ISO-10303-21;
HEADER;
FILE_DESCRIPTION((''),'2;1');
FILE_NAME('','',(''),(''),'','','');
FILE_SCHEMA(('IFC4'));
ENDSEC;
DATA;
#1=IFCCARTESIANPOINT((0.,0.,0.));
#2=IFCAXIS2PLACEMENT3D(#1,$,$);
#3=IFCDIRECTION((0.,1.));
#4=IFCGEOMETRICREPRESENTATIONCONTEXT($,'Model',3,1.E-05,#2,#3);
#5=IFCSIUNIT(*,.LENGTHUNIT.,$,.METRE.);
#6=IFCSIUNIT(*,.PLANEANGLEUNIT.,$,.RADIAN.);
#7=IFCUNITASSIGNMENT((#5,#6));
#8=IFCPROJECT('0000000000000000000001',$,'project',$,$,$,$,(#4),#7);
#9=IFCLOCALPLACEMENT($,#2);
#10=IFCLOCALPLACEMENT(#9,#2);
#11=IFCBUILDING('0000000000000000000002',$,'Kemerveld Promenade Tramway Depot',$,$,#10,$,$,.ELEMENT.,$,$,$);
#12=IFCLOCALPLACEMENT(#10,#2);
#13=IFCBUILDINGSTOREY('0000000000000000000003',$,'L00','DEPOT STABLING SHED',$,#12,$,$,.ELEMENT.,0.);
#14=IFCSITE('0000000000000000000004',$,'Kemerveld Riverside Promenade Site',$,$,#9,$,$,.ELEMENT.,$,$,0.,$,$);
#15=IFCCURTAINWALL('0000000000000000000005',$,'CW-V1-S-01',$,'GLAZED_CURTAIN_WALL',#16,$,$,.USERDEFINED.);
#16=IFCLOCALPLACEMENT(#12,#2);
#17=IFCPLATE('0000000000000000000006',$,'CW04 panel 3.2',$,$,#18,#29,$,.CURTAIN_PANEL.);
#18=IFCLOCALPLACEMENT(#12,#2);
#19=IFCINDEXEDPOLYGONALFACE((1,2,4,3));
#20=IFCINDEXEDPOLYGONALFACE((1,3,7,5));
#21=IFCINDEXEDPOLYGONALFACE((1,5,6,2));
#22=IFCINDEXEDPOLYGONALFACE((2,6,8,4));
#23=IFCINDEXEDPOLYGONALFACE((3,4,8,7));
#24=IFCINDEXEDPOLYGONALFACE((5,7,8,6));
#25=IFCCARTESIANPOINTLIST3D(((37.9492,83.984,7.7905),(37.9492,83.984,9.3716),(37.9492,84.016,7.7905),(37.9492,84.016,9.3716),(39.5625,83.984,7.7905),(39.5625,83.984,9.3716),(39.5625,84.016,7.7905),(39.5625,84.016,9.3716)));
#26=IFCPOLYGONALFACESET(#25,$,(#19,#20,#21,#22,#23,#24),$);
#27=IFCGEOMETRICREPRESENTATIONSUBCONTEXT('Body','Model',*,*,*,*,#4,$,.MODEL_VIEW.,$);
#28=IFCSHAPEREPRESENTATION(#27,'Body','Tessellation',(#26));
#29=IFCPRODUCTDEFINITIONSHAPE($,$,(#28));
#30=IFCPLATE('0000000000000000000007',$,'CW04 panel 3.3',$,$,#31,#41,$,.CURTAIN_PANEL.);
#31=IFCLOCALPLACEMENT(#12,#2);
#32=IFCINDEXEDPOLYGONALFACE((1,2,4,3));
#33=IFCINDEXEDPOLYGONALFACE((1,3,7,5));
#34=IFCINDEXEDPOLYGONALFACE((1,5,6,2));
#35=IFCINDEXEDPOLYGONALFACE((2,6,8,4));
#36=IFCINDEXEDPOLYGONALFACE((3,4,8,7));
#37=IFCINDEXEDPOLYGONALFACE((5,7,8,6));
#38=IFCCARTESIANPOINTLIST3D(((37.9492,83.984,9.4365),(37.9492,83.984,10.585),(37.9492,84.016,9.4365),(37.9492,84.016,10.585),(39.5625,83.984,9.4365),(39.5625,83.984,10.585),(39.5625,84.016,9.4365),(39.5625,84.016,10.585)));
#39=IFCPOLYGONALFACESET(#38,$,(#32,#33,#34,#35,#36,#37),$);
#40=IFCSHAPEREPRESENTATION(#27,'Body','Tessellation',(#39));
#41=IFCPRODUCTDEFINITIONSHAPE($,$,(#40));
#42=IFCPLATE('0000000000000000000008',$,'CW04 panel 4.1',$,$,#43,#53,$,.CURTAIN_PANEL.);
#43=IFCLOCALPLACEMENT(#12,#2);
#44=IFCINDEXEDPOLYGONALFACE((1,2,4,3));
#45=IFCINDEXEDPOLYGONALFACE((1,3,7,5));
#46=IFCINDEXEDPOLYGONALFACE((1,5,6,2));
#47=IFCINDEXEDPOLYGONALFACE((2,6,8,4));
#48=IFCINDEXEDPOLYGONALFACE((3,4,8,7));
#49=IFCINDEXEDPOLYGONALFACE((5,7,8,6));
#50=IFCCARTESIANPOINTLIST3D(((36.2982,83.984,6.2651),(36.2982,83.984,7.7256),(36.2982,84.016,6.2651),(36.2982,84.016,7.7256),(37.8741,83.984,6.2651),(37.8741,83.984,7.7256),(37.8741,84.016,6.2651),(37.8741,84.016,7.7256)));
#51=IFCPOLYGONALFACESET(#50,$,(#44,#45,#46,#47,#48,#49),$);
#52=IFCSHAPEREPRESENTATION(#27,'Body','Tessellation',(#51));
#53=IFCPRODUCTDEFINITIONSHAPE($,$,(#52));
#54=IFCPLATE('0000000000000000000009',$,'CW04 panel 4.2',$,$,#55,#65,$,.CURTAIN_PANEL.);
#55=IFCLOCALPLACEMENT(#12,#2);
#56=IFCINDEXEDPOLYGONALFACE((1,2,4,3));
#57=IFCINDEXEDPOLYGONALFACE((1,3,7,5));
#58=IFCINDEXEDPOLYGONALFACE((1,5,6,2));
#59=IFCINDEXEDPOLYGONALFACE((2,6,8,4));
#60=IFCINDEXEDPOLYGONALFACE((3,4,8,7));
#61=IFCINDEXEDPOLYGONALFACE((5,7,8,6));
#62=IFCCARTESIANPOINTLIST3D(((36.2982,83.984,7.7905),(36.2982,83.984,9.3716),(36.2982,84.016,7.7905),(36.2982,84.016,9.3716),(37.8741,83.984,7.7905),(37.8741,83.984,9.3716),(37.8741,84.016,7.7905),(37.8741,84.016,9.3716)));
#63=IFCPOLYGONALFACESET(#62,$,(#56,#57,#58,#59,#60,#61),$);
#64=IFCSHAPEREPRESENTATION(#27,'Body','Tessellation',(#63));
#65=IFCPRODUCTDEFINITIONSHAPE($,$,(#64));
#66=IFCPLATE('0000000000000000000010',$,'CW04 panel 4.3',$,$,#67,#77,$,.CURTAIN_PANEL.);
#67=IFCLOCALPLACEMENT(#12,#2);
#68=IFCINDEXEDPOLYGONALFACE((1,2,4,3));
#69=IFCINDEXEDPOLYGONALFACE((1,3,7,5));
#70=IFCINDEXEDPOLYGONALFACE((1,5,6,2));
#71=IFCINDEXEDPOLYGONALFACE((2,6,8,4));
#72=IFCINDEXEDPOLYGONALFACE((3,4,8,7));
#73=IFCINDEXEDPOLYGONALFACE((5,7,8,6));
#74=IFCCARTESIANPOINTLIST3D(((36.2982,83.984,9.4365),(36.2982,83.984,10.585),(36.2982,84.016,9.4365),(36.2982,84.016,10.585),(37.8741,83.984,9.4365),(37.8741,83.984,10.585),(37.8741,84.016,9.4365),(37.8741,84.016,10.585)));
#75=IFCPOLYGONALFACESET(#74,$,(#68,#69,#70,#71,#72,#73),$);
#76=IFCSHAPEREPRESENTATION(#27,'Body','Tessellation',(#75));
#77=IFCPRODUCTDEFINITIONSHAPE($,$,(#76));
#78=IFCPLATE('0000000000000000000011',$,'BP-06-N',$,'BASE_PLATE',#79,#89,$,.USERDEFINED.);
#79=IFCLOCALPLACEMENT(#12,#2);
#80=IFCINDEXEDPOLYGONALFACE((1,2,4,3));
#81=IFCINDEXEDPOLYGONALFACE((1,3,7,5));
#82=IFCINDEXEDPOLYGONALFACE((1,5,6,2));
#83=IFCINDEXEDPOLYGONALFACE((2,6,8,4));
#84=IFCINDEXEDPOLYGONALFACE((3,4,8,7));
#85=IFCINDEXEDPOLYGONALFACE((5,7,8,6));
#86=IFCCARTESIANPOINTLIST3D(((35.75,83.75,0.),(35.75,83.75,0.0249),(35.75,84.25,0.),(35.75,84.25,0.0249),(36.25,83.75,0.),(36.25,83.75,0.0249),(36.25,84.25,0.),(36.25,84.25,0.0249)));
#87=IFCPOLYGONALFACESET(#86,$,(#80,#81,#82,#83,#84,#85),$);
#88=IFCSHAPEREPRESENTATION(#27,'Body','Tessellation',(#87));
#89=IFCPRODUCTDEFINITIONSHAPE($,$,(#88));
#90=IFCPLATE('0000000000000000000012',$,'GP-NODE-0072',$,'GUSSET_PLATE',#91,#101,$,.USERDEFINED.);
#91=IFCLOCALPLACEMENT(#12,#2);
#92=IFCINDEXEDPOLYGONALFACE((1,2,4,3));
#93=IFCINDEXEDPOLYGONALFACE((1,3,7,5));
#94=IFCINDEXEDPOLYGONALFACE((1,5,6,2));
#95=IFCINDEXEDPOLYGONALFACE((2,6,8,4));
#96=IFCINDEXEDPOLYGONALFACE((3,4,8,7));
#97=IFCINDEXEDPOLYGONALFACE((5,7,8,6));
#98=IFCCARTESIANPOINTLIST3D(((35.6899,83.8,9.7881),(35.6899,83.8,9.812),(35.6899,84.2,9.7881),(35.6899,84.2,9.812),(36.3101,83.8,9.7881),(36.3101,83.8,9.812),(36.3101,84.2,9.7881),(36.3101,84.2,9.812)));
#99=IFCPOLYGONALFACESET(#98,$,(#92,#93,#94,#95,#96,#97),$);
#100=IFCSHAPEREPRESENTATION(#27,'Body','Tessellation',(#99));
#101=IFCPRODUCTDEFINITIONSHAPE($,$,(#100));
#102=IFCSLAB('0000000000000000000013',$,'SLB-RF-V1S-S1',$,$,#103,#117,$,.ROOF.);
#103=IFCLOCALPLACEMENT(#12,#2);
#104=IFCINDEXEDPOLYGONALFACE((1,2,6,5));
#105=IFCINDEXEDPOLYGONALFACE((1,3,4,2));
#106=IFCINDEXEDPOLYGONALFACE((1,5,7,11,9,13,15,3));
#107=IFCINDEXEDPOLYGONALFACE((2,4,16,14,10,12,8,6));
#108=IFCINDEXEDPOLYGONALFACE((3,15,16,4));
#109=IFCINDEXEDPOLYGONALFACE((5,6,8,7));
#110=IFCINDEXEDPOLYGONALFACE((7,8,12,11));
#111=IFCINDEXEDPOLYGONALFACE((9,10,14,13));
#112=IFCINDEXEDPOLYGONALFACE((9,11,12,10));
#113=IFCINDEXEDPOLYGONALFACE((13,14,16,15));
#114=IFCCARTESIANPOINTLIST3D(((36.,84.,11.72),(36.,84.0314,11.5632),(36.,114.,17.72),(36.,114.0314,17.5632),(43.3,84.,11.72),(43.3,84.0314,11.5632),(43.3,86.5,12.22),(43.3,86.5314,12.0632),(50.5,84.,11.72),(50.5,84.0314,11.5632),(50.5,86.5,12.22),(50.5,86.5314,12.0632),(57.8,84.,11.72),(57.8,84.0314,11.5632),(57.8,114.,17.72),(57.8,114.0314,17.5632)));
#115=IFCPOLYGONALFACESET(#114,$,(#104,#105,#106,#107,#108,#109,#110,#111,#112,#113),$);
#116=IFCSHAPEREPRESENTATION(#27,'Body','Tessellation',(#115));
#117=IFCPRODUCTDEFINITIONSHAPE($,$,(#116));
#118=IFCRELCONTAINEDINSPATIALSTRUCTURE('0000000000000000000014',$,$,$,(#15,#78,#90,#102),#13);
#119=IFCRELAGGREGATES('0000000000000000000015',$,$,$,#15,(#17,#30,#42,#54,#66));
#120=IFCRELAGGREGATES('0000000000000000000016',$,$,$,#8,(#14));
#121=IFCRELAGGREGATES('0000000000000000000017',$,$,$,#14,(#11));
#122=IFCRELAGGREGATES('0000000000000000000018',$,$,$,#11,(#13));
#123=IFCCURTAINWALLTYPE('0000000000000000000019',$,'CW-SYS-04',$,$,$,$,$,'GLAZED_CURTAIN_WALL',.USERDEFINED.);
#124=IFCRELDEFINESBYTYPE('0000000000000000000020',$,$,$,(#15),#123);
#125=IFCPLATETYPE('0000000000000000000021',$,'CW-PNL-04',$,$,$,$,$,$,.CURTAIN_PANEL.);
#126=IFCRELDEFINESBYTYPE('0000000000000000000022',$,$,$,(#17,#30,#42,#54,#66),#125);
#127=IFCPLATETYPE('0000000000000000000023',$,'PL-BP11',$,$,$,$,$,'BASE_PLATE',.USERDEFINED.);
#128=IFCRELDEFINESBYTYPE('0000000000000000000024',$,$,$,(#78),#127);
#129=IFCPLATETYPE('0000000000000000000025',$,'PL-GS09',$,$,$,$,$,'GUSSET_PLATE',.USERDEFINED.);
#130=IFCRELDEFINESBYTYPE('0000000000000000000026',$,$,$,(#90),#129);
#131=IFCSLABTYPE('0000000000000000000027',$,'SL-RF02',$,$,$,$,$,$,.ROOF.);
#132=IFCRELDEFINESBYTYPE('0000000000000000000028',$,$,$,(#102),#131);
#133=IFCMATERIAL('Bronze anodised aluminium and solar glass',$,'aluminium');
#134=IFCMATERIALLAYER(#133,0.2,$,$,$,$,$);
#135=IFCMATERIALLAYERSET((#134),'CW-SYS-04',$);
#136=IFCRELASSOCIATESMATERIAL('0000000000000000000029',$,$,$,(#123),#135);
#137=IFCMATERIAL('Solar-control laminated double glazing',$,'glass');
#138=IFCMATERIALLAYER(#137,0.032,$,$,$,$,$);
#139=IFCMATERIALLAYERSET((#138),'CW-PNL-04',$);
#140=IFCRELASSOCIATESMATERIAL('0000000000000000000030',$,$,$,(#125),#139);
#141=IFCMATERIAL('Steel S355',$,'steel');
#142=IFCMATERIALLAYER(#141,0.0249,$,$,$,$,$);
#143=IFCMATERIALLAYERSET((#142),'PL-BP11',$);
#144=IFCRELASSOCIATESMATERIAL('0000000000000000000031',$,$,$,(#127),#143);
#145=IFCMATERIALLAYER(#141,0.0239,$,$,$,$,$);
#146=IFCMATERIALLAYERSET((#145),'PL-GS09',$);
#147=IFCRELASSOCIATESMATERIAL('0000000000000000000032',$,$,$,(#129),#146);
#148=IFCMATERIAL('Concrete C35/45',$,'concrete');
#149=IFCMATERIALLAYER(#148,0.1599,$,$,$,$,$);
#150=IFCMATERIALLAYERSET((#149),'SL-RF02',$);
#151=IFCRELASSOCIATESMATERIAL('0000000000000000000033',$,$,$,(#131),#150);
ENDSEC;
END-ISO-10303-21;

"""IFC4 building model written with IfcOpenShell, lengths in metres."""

from ifc_helpers import new_model, si_unit, direction, frame, origin, origin_2d, place, context, subcontext, project, spatial, polyline, rectangle, outline, extrude, material, layer, layer_set, type_object, element, aggregate, save


model = new_model("IFC4")

# Units and contexts
model_context = context("Model", 3, precision=1e-05, world=origin(), true_north=direction((0.0, 1.0)))
body_context = subcontext(model_context, "Body", "Model", "MODEL_VIEW")
ifc_project = project(units=[si_unit("LENGTHUNIT", "METRE"), si_unit("PLANEANGLEUNIT", "RADIAN")], contexts=[model_context])

# Site, building, storey
site_placement = place(None, origin())
site = spatial("IfcSite", under=ifc_project, at=site_placement, Name="Kemerveld Riverside Promenade Site", CompositionType="ELEMENT", RefElevation=0.0)
building_placement = place(site_placement, origin())
building = spatial("IfcBuilding", under=site, at=building_placement, Name="Kemerveld Promenade Tramway Depot", CompositionType="ELEMENT")
storey_placement = place(building_placement, origin())
storey = spatial("IfcBuildingStorey", under=building, at=storey_placement, Name="L00", Description="DEPOT STABLING SHED", CompositionType="ELEMENT", Elevation=0.0)

# Shared definitions
ifc_material_1 = material(Name="Concrete C35/45", Category="concrete")

# Shared definitions
ifc_material_2 = material(Name="Steel S355", Category="steel")

# Shared definitions
ifc_material_3 = material(Name="Bronze anodised aluminium and solar glass", Category="aluminium")

# Curtain wall
ifc_layer_1 = layer(ifc_material_3, 0.2)
ifc_layer_set_1 = layer_set([ifc_layer_1], Name="CW-SYS-04")
curtain_wall_type_1 = type_object("IfcCurtainWallType", Name="CW-SYS-04", ElementType="GLAZED_CURTAIN_WALL", PredefinedType="USERDEFINED", material=ifc_layer_set_1)
curtain_wall_1_placement = place(storey_placement, origin())
curtain_wall_1 = element("IfcCurtainWall", 1, at=curtain_wall_1_placement, inside=storey, type_object=curtain_wall_type_1, Name="CW-V1-S-01", ObjectType="GLAZED_CURTAIN_WALL", PredefinedType="USERDEFINED")

# Plates
ifc_material_4 = material(Name="Solar-control laminated double glazing", Category="glass")
ifc_layer_2 = layer(ifc_material_4, 0.032)
ifc_layer_set_2 = layer_set([ifc_layer_2], Name="CW-PNL-04")
plate_type_1 = type_object("IfcPlateType", Name="CW-PNL-04", PredefinedType="CURTAIN_PANEL", material=ifc_layer_set_2)
plate_1_placement = place(storey_placement, frame((38.7559, 84.0, 7.7905), z_axis=(0.0, 0.0, 1.0), x_axis=(-1.0, 0.0, 0.0)))
plate_1 = element("IfcPlate", 2, at=plate_1_placement, type_object=plate_type_1, Name="CW04 panel 3.2", PredefinedType="CURTAIN_PANEL", context=body_context, shape_type="SweptSolid", body=[
    extrude(rectangle(XDim=1.6133, YDim=0.032, at=origin_2d()), origin(), (0.0, 0.0, 1.0), 1.5811),
])
plate_2_placement = place(storey_placement, frame((38.7559, 84.0, 9.4365), z_axis=(0.0, 0.0, 1.0), x_axis=(-1.0, 0.0, 0.0)))
plate_2 = element("IfcPlate", 3, at=plate_2_placement, type_object=plate_type_1, Name="CW04 panel 3.3", PredefinedType="CURTAIN_PANEL", context=body_context, shape_type="SweptSolid", body=[
    extrude(rectangle(XDim=1.6133, YDim=0.032, at=origin_2d()), origin(), (0.0, 0.0, 1.0), 1.1484),
])
plate_3_placement = place(storey_placement, frame((37.0862, 84.0, 6.2651), z_axis=(0.0, 0.0, 1.0), x_axis=(-1.0, 0.0, 0.0)))
plate_3 = element("IfcPlate", 4, at=plate_3_placement, type_object=plate_type_1, Name="CW04 panel 4.1", PredefinedType="CURTAIN_PANEL", context=body_context, shape_type="SweptSolid", body=[
    extrude(rectangle(XDim=1.5759, YDim=0.032, at=origin_2d()), origin(), (0.0, 0.0, 1.0), 1.4604),
])
plate_4_placement = place(storey_placement, frame((37.0862, 84.0, 7.7905), z_axis=(0.0, 0.0, 1.0), x_axis=(-1.0, 0.0, 0.0)))
plate_4 = element("IfcPlate", 5, at=plate_4_placement, type_object=plate_type_1, Name="CW04 panel 4.2", PredefinedType="CURTAIN_PANEL", context=body_context, shape_type="SweptSolid", body=[
    extrude(rectangle(XDim=1.5759, YDim=0.032, at=origin_2d()), origin(), (0.0, 0.0, 1.0), 1.5811),
])
plate_5_placement = place(storey_placement, frame((37.0862, 84.0, 9.4365), z_axis=(0.0, 0.0, 1.0), x_axis=(-1.0, 0.0, 0.0)))
plate_5 = element("IfcPlate", 6, at=plate_5_placement, type_object=plate_type_1, Name="CW04 panel 4.3", PredefinedType="CURTAIN_PANEL", context=body_context, shape_type="SweptSolid", body=[
    extrude(rectangle(XDim=1.5759, YDim=0.032, at=origin_2d()), origin(), (0.0, 0.0, 1.0), 1.1484),
])
aggregate(curtain_wall_1, [plate_1, plate_2, plate_3, plate_4, plate_5])

# Plates
ifc_layer_3 = layer(ifc_material_2, 0.0249)
ifc_layer_set_3 = layer_set([ifc_layer_3], Name="PL-BP11")
plate_type_2 = type_object("IfcPlateType", Name="PL-BP11", ElementType="BASE_PLATE", PredefinedType="USERDEFINED", material=ifc_layer_set_3)
plate_6_placement = place(storey_placement, frame((36.0, 84.0, 0.0), z_axis=(0.0, 0.0, 1.0), x_axis=(1.0, 0.0, 0.0)))
element("IfcPlate", 7, at=plate_6_placement, inside=storey, type_object=plate_type_2, Name="BP-06-N", ObjectType="BASE_PLATE", PredefinedType="USERDEFINED", context=body_context, shape_type="SweptSolid", body=[
    extrude(rectangle(XDim=0.5, YDim=0.5, at=origin_2d()), origin(), (0.0, 0.0, 1.0), 0.0249),
])
ifc_layer_4 = layer(ifc_material_2, 0.0239)
ifc_layer_set_4 = layer_set([ifc_layer_4], Name="PL-GS09")
plate_type_3 = type_object("IfcPlateType", Name="PL-GS09", ElementType="GUSSET_PLATE", PredefinedType="USERDEFINED", material=ifc_layer_set_4)
plate_7_placement = place(storey_placement, frame((36.0, 84.0, 9.7881), z_axis=(0.0, 0.0, 1.0), x_axis=(1.0, 0.0, 0.0)))
element("IfcPlate", 8, at=plate_7_placement, inside=storey, type_object=plate_type_3, Name="GP-NODE-0072", ObjectType="GUSSET_PLATE", PredefinedType="USERDEFINED", context=body_context, shape_type="SweptSolid", body=[
    extrude(rectangle(XDim=0.6201, YDim=0.3999, at=origin_2d()), origin(), (0.0, 0.0, 1.0), 0.0239),
])

# Slab
ifc_layer_5 = layer(ifc_material_1, 0.1599)
ifc_layer_set_5 = layer_set([ifc_layer_5], Name="SL-RF02")
slab_type = type_object("IfcSlabType", Name="SL-RF02", PredefinedType="ROOF", material=ifc_layer_set_5)
slab_placement = place(storey_placement, frame((36.0, 84.0, 11.72), z_axis=(0.0, -0.196116, 0.980581), x_axis=(1.0, 0.0, 0.0)))
element("IfcSlab", 9, at=slab_placement, inside=storey, type_object=slab_type, Name="SLB-RF-V1S-S1", PredefinedType="ROOF", context=body_context, shape_type="SweptSolid", body=[
    extrude(outline(polyline([(0.0, 0.0), (7.3, 0.0), (7.3, 2.5495), (14.5, 2.5495), (14.5, 0.0), (21.8, 0.0), (21.8, 30.5941), (0.0, 30.5941), (0.0, 0.0)])), origin(), (0.0, 0.0, -1.0), 0.1599),
])

save(model, "model.ifc")
